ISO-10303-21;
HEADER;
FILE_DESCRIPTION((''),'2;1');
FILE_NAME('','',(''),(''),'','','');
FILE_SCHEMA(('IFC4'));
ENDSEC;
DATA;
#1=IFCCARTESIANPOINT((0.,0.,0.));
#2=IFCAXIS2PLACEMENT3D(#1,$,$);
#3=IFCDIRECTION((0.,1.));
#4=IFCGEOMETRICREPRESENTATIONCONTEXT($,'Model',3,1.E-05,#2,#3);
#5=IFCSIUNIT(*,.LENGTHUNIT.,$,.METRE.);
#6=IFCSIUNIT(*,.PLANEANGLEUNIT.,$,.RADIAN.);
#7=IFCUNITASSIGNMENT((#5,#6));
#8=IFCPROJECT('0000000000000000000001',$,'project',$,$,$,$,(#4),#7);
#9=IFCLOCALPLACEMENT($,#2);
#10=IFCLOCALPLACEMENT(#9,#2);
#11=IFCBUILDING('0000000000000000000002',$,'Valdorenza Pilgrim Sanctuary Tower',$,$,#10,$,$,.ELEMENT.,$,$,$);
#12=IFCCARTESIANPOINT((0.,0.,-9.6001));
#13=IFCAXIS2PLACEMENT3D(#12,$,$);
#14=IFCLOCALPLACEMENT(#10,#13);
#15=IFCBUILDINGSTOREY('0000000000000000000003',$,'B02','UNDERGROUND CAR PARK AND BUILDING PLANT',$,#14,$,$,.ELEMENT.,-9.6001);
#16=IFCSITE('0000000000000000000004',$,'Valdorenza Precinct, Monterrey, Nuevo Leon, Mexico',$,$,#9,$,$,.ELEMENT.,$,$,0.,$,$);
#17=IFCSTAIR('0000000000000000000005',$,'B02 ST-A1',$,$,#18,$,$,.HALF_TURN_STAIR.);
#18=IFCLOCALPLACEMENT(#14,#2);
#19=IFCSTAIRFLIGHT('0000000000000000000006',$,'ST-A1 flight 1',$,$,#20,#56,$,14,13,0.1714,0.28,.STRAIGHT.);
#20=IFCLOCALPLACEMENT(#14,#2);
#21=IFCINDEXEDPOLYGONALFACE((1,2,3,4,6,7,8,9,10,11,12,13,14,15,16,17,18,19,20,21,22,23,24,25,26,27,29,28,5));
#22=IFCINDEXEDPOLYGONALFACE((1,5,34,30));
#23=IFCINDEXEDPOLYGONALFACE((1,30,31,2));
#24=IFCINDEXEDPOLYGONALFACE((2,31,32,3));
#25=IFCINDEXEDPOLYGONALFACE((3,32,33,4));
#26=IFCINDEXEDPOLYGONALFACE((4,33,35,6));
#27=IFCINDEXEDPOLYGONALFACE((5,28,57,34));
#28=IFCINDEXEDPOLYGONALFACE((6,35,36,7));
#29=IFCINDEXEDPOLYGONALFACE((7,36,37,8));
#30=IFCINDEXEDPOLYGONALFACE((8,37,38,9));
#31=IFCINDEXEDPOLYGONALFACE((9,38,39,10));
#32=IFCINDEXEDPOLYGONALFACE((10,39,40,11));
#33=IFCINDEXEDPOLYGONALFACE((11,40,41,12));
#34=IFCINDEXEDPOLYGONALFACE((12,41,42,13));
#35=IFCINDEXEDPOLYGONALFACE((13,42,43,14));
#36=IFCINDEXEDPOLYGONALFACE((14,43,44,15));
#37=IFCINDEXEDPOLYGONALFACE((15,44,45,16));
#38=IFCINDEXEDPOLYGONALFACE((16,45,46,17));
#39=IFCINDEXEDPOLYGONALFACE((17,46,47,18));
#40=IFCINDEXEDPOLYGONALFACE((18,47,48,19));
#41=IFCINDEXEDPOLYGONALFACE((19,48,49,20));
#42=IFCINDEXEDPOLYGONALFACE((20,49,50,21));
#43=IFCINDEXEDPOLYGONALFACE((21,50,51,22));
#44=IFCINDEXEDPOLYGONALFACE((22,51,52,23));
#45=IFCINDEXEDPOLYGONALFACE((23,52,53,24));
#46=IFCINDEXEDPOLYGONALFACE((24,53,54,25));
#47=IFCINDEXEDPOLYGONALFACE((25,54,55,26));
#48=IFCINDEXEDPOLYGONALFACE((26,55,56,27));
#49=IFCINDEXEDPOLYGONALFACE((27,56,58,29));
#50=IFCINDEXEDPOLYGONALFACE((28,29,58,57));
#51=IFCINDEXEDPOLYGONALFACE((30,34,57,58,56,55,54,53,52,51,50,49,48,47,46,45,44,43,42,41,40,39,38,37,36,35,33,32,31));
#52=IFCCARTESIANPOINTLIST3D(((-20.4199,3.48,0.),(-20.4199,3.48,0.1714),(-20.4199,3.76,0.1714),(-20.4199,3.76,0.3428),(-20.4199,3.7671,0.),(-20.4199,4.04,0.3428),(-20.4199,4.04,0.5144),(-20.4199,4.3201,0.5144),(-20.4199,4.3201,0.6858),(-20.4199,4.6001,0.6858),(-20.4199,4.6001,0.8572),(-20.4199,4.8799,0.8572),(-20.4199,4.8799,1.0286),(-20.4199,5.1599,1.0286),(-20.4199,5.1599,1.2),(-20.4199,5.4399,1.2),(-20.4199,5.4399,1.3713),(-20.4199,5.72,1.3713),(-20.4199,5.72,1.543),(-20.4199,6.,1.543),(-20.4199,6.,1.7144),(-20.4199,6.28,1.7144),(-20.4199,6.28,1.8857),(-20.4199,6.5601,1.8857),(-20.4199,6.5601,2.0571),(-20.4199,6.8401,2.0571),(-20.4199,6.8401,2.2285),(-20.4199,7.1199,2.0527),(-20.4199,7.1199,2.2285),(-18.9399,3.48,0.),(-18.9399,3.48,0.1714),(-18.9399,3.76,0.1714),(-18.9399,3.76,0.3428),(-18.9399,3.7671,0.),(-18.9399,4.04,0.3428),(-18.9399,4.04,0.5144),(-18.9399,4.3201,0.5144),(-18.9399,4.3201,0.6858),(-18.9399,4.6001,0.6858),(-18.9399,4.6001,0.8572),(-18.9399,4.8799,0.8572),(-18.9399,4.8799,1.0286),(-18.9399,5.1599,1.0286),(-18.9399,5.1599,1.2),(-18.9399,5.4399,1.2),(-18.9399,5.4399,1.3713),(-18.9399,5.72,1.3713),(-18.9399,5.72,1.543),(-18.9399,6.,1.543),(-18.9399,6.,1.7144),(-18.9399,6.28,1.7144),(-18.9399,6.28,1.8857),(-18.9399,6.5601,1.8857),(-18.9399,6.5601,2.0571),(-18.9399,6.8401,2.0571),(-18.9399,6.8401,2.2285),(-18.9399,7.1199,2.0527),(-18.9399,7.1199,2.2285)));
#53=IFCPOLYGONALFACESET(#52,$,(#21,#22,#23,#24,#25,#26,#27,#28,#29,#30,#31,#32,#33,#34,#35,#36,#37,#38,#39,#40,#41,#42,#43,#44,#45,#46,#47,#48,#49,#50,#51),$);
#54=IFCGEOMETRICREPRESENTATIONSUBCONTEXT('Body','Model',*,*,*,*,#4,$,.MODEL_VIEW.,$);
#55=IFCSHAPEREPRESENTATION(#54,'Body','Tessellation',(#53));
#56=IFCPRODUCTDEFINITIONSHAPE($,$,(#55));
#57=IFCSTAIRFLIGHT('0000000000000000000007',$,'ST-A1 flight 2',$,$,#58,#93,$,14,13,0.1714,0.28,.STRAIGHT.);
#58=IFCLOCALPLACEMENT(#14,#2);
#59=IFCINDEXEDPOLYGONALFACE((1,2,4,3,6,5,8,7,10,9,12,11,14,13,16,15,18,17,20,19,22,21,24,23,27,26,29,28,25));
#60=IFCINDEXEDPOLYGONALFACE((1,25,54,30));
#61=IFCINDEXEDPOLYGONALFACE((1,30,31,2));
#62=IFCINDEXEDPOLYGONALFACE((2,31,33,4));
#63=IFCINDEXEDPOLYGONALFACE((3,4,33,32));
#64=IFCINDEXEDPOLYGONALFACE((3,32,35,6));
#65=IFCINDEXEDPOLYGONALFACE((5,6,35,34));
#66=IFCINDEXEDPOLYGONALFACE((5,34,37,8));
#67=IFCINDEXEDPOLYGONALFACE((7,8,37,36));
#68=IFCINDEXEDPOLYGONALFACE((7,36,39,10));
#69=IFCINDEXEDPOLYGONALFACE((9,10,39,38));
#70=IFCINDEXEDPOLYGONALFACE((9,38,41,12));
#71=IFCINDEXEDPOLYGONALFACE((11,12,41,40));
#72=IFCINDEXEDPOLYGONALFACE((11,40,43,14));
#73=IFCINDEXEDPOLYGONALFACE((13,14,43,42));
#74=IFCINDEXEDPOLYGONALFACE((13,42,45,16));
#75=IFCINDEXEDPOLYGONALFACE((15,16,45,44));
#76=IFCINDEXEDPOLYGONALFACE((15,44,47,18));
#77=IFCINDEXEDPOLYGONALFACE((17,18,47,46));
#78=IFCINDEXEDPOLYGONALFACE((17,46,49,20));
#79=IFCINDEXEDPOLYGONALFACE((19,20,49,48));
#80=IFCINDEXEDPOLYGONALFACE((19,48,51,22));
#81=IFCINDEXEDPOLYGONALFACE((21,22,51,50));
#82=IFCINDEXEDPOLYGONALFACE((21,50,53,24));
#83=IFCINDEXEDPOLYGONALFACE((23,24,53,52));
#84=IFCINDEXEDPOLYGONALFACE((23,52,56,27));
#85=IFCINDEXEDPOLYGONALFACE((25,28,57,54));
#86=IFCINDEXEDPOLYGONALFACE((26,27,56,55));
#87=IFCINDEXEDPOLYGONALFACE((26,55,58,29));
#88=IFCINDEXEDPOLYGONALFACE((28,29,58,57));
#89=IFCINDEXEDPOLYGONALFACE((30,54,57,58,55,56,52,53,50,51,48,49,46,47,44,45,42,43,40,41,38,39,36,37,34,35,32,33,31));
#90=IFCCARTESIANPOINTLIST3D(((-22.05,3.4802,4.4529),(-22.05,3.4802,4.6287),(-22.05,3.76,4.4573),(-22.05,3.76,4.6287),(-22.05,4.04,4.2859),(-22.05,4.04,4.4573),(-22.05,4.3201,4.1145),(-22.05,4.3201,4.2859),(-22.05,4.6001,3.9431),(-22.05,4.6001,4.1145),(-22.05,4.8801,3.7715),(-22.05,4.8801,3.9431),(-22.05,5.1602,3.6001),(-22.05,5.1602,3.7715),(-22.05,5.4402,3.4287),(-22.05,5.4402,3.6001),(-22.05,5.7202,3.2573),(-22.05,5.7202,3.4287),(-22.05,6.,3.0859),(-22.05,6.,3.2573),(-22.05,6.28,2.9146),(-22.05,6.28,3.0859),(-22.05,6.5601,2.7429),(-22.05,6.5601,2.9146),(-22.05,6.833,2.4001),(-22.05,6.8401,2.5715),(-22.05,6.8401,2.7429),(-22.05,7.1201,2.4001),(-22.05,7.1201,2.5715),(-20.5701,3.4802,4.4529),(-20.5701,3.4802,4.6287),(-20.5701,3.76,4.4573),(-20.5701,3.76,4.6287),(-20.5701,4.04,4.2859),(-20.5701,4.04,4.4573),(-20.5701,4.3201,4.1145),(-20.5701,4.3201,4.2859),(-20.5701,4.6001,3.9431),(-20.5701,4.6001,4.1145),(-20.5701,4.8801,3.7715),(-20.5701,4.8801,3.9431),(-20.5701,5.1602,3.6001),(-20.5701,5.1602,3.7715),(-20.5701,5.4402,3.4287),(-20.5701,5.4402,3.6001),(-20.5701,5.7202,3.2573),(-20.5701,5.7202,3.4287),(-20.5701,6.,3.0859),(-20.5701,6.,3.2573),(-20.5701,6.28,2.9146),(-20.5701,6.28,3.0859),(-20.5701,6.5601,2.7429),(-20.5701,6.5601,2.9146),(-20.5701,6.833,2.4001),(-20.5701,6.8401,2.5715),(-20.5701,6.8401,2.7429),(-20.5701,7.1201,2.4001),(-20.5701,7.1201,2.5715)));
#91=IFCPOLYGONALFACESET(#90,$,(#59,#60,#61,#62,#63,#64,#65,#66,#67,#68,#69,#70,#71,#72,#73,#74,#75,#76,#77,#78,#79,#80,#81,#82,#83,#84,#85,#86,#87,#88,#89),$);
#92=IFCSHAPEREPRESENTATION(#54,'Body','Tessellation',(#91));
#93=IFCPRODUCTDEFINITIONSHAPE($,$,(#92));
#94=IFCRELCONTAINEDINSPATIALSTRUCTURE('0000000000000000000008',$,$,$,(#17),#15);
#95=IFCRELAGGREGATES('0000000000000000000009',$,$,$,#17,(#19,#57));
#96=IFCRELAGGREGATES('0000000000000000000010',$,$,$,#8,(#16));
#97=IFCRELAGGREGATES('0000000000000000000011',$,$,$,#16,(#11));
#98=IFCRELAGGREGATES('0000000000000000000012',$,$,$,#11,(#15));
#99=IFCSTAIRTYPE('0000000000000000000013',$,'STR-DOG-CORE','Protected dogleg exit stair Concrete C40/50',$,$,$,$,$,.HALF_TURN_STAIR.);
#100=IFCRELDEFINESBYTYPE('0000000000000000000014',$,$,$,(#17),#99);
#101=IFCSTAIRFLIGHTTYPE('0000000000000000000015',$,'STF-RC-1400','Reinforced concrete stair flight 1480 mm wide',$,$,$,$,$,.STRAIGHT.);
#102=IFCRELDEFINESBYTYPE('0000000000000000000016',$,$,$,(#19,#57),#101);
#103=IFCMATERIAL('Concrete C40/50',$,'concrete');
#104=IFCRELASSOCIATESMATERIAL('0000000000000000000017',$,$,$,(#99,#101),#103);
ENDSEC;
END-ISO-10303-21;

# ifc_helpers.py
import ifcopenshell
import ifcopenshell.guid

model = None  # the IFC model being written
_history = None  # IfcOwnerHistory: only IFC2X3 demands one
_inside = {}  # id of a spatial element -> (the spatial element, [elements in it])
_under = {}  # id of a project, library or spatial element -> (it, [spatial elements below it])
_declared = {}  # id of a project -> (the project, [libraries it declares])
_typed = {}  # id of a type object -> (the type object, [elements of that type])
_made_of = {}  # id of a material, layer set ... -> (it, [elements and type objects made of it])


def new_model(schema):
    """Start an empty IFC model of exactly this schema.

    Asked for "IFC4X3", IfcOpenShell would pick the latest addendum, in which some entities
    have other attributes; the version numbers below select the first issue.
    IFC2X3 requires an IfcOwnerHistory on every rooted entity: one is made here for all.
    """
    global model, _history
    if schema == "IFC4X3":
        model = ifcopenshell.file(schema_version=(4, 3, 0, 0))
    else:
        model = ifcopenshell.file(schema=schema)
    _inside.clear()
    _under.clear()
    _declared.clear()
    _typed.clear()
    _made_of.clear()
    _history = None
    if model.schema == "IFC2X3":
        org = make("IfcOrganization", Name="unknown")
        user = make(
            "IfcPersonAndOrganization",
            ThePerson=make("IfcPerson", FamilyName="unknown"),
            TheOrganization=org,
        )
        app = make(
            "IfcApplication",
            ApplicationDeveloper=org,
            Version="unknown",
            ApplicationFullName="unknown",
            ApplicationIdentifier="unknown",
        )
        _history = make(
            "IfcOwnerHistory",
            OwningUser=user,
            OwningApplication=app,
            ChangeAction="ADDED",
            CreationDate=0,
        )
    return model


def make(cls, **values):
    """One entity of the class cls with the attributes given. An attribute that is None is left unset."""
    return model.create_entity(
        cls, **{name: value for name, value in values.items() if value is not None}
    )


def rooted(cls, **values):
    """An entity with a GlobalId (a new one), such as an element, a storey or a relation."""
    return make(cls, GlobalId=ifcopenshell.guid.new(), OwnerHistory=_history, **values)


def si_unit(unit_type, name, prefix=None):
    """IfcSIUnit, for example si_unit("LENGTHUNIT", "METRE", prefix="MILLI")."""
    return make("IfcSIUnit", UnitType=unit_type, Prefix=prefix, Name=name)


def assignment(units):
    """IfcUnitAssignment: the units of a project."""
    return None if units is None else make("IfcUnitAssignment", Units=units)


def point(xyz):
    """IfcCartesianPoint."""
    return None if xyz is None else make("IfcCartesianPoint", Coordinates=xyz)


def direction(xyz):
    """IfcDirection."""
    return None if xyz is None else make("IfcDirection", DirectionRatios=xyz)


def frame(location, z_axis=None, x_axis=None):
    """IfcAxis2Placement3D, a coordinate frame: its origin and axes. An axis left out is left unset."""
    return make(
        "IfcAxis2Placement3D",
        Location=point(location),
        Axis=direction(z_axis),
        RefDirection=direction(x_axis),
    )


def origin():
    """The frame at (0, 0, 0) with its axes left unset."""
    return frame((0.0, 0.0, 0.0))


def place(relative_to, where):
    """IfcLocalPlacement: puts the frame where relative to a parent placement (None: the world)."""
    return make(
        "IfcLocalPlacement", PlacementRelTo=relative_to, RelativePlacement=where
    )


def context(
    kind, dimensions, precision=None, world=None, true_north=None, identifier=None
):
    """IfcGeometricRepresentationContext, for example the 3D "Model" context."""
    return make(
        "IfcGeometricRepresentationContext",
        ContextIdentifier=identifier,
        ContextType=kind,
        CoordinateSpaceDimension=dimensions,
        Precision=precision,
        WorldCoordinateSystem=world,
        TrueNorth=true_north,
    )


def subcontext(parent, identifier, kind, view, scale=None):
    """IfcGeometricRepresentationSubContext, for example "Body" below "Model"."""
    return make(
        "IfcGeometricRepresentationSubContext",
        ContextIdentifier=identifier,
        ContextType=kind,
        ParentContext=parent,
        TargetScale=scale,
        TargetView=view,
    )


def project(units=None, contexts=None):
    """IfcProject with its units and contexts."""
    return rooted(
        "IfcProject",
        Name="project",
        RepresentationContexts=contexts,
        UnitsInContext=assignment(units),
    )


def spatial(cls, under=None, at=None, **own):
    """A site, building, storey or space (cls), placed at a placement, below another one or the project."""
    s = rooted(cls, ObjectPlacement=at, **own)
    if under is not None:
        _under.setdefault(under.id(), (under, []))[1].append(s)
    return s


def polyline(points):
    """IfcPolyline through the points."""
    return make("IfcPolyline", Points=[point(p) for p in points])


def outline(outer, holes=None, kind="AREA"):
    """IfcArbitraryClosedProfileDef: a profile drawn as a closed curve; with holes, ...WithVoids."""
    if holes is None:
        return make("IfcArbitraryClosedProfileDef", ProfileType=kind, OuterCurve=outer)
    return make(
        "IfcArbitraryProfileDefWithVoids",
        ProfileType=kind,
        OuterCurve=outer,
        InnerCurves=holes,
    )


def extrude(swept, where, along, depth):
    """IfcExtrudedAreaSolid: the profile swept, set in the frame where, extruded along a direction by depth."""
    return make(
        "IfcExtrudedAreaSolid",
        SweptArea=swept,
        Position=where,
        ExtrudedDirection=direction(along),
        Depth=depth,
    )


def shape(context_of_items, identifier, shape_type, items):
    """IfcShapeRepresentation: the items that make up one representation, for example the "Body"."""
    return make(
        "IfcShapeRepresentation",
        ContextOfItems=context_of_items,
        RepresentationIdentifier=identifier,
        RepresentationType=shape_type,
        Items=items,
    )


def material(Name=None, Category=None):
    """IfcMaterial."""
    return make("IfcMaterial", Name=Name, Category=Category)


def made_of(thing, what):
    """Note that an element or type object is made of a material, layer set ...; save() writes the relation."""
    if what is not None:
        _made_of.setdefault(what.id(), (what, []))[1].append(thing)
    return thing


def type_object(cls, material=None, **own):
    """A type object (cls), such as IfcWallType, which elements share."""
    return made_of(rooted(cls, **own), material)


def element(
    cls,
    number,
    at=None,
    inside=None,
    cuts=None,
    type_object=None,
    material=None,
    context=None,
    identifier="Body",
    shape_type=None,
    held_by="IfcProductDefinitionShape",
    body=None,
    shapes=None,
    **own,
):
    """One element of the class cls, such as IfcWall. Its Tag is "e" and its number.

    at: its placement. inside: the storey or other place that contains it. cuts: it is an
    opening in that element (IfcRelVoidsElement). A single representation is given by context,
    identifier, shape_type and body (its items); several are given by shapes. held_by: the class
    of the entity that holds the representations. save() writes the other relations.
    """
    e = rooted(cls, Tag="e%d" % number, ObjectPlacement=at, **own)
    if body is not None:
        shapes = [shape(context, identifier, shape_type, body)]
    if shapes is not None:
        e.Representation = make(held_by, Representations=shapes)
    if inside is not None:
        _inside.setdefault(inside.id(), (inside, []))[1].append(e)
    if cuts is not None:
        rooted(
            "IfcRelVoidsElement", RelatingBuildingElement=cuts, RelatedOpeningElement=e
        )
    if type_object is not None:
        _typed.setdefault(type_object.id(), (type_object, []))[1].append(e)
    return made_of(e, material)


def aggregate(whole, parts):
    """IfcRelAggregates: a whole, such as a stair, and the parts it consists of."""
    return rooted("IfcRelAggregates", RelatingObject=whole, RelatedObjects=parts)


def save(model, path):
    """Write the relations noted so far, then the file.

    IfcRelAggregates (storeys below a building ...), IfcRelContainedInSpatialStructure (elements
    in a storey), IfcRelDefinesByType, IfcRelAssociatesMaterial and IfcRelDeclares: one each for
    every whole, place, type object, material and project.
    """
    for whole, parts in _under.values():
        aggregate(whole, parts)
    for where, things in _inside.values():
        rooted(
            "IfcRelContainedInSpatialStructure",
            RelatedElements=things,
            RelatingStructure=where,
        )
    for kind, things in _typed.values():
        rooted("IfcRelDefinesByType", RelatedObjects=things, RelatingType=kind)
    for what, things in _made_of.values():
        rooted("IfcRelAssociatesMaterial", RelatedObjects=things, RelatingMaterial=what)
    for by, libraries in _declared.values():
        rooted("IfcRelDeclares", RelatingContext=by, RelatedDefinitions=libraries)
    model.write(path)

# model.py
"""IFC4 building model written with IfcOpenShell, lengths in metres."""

from ifc_helpers import new_model, si_unit, direction, frame, origin, place, context, subcontext, project, spatial, polyline, outline, extrude, material, type_object, element, aggregate, save


model = new_model("IFC4")

# Units and contexts
model_context = context("Model", 3, precision=1e-05, world=origin(), true_north=direction((0.0, 1.0)))
body_context = subcontext(model_context, "Body", "Model", "MODEL_VIEW")
ifc_project = project(units=[si_unit("LENGTHUNIT", "METRE"), si_unit("PLANEANGLEUNIT", "RADIAN")], contexts=[model_context])

# Site, building, storey
site_placement = place(None, origin())
site = spatial("IfcSite", under=ifc_project, at=site_placement, Name="Valdorenza Precinct, Monterrey, Nuevo Leon, Mexico", CompositionType="ELEMENT", RefElevation=0.0)
building_placement = place(site_placement, origin())
building = spatial("IfcBuilding", under=site, at=building_placement, Name="Valdorenza Pilgrim Sanctuary Tower", CompositionType="ELEMENT")
storey_placement = place(building_placement, frame((0.0, 0.0, -9.6001)))
storey = spatial("IfcBuildingStorey", under=building, at=storey_placement, Name="B02", Description="UNDERGROUND CAR PARK AND BUILDING PLANT", CompositionType="ELEMENT", Elevation=-9.6001)

# Shared definitions
ifc_material_1 = material(Name="Concrete C40/50", Category="concrete")

# Stair, stair flights
stair_type = type_object("IfcStairType", Name="STR-DOG-CORE", Description="Protected dogleg exit stair Concrete C40/50", PredefinedType="HALF_TURN_STAIR", material=ifc_material_1)
stair_placement = place(storey_placement, origin())
stair = element("IfcStair", 1, at=stair_placement, inside=storey, type_object=stair_type, Name="B02 ST-A1", PredefinedType="HALF_TURN_STAIR")
stair_flight_type = type_object("IfcStairFlightType", Name="STF-RC-1400", Description="Reinforced concrete stair flight 1480 mm wide", PredefinedType="STRAIGHT", material=ifc_material_1)
stair_flight_1_placement = place(storey_placement, frame((-19.6799, 3.48, 0.0), z_axis=(0.0, 0.0, 1.0), x_axis=(0.0, 1.0, 0.0)))
stair_flight_1 = element("IfcStairFlight", 2, at=stair_flight_1_placement, type_object=stair_flight_type, Name="ST-A1 flight 1", NumberOfRisers=14, NumberOfTreads=13, PredefinedType="STRAIGHT", RiserHeight=0.1714, TreadLength=0.28, context=body_context, shape_type="SweptSolid", body=[
    extrude(outline(polyline([(0.0, 0.0), (0.0, 0.1714), (0.28, 0.1714), (0.28, 0.3428), (0.5601, 0.3428), (0.5601, 0.5144), (0.8401, 0.5144), (0.8401, 0.6858), (1.1201, 0.6858), (1.1201, 0.8572), (1.3999, 0.8572), (1.3999, 1.0286), (1.6799, 1.0286), (1.6799, 1.2), (1.96, 1.2), (1.96, 1.3713), (2.24, 1.3713), (2.24, 1.543), (2.52, 1.543), (2.52, 1.7144), (2.8, 1.7144), (2.8, 1.8857), (3.0801, 1.8857), (3.0801, 2.0571), (3.3601, 2.0571), (3.3601, 2.2285), (3.6399, 2.2285), (3.6399, 2.3999), (3.6399, 2.0527), (0.2871, 0.0), (0.0, 0.0)])), frame((0.0, 0.74, 0.0), z_axis=(0.0, -1.0, 0.0), x_axis=(1.0, 0.0, 0.0)), (0.0, 0.0, 1.0), 1.48),
])
stair_flight_2_placement = place(storey_placement, frame((-21.3101, 7.1201, 2.4001), z_axis=(0.0, 0.0, 1.0), x_axis=(0.0, -1.0, 0.0)))
stair_flight_2 = element("IfcStairFlight", 3, at=stair_flight_2_placement, type_object=stair_flight_type, Name="ST-A1 flight 2", NumberOfRisers=14, NumberOfTreads=13, PredefinedType="STRAIGHT", RiserHeight=0.1714, TreadLength=0.28, context=body_context, shape_type="SweptSolid", body=[
    extrude(outline(polyline([(0.0, 0.0), (0.0, 0.1714), (0.28, 0.1714), (0.28, 0.3428), (0.5601, 0.3428), (0.5601, 0.5144), (0.8401, 0.5144), (0.8401, 0.6858), (1.1201, 0.6858), (1.1201, 0.8572), (1.3999, 0.8572), (1.3999, 1.0286), (1.6799, 1.0286), (1.6799, 1.2), (1.96, 1.2), (1.96, 1.3713), (2.24, 1.3713), (2.24, 1.543), (2.52, 1.543), (2.52, 1.7144), (2.8, 1.7144), (2.8, 1.8857), (3.0801, 1.8857), (3.0801, 2.0571), (3.3601, 2.0571), (3.3601, 2.2285), (3.6399, 2.2285), (3.6399, 2.3999), (3.6399, 2.0527), (0.2871, 0.0), (0.0, 0.0)])), frame((0.0, 0.74, 0.0), z_axis=(0.0, -1.0, 0.0), x_axis=(1.0, 0.0, 0.0)), (0.0, 0.0, 1.0), 1.48),
])
aggregate(stair, [stair_flight_1, stair_flight_2])

save(model, "model.ifc")
